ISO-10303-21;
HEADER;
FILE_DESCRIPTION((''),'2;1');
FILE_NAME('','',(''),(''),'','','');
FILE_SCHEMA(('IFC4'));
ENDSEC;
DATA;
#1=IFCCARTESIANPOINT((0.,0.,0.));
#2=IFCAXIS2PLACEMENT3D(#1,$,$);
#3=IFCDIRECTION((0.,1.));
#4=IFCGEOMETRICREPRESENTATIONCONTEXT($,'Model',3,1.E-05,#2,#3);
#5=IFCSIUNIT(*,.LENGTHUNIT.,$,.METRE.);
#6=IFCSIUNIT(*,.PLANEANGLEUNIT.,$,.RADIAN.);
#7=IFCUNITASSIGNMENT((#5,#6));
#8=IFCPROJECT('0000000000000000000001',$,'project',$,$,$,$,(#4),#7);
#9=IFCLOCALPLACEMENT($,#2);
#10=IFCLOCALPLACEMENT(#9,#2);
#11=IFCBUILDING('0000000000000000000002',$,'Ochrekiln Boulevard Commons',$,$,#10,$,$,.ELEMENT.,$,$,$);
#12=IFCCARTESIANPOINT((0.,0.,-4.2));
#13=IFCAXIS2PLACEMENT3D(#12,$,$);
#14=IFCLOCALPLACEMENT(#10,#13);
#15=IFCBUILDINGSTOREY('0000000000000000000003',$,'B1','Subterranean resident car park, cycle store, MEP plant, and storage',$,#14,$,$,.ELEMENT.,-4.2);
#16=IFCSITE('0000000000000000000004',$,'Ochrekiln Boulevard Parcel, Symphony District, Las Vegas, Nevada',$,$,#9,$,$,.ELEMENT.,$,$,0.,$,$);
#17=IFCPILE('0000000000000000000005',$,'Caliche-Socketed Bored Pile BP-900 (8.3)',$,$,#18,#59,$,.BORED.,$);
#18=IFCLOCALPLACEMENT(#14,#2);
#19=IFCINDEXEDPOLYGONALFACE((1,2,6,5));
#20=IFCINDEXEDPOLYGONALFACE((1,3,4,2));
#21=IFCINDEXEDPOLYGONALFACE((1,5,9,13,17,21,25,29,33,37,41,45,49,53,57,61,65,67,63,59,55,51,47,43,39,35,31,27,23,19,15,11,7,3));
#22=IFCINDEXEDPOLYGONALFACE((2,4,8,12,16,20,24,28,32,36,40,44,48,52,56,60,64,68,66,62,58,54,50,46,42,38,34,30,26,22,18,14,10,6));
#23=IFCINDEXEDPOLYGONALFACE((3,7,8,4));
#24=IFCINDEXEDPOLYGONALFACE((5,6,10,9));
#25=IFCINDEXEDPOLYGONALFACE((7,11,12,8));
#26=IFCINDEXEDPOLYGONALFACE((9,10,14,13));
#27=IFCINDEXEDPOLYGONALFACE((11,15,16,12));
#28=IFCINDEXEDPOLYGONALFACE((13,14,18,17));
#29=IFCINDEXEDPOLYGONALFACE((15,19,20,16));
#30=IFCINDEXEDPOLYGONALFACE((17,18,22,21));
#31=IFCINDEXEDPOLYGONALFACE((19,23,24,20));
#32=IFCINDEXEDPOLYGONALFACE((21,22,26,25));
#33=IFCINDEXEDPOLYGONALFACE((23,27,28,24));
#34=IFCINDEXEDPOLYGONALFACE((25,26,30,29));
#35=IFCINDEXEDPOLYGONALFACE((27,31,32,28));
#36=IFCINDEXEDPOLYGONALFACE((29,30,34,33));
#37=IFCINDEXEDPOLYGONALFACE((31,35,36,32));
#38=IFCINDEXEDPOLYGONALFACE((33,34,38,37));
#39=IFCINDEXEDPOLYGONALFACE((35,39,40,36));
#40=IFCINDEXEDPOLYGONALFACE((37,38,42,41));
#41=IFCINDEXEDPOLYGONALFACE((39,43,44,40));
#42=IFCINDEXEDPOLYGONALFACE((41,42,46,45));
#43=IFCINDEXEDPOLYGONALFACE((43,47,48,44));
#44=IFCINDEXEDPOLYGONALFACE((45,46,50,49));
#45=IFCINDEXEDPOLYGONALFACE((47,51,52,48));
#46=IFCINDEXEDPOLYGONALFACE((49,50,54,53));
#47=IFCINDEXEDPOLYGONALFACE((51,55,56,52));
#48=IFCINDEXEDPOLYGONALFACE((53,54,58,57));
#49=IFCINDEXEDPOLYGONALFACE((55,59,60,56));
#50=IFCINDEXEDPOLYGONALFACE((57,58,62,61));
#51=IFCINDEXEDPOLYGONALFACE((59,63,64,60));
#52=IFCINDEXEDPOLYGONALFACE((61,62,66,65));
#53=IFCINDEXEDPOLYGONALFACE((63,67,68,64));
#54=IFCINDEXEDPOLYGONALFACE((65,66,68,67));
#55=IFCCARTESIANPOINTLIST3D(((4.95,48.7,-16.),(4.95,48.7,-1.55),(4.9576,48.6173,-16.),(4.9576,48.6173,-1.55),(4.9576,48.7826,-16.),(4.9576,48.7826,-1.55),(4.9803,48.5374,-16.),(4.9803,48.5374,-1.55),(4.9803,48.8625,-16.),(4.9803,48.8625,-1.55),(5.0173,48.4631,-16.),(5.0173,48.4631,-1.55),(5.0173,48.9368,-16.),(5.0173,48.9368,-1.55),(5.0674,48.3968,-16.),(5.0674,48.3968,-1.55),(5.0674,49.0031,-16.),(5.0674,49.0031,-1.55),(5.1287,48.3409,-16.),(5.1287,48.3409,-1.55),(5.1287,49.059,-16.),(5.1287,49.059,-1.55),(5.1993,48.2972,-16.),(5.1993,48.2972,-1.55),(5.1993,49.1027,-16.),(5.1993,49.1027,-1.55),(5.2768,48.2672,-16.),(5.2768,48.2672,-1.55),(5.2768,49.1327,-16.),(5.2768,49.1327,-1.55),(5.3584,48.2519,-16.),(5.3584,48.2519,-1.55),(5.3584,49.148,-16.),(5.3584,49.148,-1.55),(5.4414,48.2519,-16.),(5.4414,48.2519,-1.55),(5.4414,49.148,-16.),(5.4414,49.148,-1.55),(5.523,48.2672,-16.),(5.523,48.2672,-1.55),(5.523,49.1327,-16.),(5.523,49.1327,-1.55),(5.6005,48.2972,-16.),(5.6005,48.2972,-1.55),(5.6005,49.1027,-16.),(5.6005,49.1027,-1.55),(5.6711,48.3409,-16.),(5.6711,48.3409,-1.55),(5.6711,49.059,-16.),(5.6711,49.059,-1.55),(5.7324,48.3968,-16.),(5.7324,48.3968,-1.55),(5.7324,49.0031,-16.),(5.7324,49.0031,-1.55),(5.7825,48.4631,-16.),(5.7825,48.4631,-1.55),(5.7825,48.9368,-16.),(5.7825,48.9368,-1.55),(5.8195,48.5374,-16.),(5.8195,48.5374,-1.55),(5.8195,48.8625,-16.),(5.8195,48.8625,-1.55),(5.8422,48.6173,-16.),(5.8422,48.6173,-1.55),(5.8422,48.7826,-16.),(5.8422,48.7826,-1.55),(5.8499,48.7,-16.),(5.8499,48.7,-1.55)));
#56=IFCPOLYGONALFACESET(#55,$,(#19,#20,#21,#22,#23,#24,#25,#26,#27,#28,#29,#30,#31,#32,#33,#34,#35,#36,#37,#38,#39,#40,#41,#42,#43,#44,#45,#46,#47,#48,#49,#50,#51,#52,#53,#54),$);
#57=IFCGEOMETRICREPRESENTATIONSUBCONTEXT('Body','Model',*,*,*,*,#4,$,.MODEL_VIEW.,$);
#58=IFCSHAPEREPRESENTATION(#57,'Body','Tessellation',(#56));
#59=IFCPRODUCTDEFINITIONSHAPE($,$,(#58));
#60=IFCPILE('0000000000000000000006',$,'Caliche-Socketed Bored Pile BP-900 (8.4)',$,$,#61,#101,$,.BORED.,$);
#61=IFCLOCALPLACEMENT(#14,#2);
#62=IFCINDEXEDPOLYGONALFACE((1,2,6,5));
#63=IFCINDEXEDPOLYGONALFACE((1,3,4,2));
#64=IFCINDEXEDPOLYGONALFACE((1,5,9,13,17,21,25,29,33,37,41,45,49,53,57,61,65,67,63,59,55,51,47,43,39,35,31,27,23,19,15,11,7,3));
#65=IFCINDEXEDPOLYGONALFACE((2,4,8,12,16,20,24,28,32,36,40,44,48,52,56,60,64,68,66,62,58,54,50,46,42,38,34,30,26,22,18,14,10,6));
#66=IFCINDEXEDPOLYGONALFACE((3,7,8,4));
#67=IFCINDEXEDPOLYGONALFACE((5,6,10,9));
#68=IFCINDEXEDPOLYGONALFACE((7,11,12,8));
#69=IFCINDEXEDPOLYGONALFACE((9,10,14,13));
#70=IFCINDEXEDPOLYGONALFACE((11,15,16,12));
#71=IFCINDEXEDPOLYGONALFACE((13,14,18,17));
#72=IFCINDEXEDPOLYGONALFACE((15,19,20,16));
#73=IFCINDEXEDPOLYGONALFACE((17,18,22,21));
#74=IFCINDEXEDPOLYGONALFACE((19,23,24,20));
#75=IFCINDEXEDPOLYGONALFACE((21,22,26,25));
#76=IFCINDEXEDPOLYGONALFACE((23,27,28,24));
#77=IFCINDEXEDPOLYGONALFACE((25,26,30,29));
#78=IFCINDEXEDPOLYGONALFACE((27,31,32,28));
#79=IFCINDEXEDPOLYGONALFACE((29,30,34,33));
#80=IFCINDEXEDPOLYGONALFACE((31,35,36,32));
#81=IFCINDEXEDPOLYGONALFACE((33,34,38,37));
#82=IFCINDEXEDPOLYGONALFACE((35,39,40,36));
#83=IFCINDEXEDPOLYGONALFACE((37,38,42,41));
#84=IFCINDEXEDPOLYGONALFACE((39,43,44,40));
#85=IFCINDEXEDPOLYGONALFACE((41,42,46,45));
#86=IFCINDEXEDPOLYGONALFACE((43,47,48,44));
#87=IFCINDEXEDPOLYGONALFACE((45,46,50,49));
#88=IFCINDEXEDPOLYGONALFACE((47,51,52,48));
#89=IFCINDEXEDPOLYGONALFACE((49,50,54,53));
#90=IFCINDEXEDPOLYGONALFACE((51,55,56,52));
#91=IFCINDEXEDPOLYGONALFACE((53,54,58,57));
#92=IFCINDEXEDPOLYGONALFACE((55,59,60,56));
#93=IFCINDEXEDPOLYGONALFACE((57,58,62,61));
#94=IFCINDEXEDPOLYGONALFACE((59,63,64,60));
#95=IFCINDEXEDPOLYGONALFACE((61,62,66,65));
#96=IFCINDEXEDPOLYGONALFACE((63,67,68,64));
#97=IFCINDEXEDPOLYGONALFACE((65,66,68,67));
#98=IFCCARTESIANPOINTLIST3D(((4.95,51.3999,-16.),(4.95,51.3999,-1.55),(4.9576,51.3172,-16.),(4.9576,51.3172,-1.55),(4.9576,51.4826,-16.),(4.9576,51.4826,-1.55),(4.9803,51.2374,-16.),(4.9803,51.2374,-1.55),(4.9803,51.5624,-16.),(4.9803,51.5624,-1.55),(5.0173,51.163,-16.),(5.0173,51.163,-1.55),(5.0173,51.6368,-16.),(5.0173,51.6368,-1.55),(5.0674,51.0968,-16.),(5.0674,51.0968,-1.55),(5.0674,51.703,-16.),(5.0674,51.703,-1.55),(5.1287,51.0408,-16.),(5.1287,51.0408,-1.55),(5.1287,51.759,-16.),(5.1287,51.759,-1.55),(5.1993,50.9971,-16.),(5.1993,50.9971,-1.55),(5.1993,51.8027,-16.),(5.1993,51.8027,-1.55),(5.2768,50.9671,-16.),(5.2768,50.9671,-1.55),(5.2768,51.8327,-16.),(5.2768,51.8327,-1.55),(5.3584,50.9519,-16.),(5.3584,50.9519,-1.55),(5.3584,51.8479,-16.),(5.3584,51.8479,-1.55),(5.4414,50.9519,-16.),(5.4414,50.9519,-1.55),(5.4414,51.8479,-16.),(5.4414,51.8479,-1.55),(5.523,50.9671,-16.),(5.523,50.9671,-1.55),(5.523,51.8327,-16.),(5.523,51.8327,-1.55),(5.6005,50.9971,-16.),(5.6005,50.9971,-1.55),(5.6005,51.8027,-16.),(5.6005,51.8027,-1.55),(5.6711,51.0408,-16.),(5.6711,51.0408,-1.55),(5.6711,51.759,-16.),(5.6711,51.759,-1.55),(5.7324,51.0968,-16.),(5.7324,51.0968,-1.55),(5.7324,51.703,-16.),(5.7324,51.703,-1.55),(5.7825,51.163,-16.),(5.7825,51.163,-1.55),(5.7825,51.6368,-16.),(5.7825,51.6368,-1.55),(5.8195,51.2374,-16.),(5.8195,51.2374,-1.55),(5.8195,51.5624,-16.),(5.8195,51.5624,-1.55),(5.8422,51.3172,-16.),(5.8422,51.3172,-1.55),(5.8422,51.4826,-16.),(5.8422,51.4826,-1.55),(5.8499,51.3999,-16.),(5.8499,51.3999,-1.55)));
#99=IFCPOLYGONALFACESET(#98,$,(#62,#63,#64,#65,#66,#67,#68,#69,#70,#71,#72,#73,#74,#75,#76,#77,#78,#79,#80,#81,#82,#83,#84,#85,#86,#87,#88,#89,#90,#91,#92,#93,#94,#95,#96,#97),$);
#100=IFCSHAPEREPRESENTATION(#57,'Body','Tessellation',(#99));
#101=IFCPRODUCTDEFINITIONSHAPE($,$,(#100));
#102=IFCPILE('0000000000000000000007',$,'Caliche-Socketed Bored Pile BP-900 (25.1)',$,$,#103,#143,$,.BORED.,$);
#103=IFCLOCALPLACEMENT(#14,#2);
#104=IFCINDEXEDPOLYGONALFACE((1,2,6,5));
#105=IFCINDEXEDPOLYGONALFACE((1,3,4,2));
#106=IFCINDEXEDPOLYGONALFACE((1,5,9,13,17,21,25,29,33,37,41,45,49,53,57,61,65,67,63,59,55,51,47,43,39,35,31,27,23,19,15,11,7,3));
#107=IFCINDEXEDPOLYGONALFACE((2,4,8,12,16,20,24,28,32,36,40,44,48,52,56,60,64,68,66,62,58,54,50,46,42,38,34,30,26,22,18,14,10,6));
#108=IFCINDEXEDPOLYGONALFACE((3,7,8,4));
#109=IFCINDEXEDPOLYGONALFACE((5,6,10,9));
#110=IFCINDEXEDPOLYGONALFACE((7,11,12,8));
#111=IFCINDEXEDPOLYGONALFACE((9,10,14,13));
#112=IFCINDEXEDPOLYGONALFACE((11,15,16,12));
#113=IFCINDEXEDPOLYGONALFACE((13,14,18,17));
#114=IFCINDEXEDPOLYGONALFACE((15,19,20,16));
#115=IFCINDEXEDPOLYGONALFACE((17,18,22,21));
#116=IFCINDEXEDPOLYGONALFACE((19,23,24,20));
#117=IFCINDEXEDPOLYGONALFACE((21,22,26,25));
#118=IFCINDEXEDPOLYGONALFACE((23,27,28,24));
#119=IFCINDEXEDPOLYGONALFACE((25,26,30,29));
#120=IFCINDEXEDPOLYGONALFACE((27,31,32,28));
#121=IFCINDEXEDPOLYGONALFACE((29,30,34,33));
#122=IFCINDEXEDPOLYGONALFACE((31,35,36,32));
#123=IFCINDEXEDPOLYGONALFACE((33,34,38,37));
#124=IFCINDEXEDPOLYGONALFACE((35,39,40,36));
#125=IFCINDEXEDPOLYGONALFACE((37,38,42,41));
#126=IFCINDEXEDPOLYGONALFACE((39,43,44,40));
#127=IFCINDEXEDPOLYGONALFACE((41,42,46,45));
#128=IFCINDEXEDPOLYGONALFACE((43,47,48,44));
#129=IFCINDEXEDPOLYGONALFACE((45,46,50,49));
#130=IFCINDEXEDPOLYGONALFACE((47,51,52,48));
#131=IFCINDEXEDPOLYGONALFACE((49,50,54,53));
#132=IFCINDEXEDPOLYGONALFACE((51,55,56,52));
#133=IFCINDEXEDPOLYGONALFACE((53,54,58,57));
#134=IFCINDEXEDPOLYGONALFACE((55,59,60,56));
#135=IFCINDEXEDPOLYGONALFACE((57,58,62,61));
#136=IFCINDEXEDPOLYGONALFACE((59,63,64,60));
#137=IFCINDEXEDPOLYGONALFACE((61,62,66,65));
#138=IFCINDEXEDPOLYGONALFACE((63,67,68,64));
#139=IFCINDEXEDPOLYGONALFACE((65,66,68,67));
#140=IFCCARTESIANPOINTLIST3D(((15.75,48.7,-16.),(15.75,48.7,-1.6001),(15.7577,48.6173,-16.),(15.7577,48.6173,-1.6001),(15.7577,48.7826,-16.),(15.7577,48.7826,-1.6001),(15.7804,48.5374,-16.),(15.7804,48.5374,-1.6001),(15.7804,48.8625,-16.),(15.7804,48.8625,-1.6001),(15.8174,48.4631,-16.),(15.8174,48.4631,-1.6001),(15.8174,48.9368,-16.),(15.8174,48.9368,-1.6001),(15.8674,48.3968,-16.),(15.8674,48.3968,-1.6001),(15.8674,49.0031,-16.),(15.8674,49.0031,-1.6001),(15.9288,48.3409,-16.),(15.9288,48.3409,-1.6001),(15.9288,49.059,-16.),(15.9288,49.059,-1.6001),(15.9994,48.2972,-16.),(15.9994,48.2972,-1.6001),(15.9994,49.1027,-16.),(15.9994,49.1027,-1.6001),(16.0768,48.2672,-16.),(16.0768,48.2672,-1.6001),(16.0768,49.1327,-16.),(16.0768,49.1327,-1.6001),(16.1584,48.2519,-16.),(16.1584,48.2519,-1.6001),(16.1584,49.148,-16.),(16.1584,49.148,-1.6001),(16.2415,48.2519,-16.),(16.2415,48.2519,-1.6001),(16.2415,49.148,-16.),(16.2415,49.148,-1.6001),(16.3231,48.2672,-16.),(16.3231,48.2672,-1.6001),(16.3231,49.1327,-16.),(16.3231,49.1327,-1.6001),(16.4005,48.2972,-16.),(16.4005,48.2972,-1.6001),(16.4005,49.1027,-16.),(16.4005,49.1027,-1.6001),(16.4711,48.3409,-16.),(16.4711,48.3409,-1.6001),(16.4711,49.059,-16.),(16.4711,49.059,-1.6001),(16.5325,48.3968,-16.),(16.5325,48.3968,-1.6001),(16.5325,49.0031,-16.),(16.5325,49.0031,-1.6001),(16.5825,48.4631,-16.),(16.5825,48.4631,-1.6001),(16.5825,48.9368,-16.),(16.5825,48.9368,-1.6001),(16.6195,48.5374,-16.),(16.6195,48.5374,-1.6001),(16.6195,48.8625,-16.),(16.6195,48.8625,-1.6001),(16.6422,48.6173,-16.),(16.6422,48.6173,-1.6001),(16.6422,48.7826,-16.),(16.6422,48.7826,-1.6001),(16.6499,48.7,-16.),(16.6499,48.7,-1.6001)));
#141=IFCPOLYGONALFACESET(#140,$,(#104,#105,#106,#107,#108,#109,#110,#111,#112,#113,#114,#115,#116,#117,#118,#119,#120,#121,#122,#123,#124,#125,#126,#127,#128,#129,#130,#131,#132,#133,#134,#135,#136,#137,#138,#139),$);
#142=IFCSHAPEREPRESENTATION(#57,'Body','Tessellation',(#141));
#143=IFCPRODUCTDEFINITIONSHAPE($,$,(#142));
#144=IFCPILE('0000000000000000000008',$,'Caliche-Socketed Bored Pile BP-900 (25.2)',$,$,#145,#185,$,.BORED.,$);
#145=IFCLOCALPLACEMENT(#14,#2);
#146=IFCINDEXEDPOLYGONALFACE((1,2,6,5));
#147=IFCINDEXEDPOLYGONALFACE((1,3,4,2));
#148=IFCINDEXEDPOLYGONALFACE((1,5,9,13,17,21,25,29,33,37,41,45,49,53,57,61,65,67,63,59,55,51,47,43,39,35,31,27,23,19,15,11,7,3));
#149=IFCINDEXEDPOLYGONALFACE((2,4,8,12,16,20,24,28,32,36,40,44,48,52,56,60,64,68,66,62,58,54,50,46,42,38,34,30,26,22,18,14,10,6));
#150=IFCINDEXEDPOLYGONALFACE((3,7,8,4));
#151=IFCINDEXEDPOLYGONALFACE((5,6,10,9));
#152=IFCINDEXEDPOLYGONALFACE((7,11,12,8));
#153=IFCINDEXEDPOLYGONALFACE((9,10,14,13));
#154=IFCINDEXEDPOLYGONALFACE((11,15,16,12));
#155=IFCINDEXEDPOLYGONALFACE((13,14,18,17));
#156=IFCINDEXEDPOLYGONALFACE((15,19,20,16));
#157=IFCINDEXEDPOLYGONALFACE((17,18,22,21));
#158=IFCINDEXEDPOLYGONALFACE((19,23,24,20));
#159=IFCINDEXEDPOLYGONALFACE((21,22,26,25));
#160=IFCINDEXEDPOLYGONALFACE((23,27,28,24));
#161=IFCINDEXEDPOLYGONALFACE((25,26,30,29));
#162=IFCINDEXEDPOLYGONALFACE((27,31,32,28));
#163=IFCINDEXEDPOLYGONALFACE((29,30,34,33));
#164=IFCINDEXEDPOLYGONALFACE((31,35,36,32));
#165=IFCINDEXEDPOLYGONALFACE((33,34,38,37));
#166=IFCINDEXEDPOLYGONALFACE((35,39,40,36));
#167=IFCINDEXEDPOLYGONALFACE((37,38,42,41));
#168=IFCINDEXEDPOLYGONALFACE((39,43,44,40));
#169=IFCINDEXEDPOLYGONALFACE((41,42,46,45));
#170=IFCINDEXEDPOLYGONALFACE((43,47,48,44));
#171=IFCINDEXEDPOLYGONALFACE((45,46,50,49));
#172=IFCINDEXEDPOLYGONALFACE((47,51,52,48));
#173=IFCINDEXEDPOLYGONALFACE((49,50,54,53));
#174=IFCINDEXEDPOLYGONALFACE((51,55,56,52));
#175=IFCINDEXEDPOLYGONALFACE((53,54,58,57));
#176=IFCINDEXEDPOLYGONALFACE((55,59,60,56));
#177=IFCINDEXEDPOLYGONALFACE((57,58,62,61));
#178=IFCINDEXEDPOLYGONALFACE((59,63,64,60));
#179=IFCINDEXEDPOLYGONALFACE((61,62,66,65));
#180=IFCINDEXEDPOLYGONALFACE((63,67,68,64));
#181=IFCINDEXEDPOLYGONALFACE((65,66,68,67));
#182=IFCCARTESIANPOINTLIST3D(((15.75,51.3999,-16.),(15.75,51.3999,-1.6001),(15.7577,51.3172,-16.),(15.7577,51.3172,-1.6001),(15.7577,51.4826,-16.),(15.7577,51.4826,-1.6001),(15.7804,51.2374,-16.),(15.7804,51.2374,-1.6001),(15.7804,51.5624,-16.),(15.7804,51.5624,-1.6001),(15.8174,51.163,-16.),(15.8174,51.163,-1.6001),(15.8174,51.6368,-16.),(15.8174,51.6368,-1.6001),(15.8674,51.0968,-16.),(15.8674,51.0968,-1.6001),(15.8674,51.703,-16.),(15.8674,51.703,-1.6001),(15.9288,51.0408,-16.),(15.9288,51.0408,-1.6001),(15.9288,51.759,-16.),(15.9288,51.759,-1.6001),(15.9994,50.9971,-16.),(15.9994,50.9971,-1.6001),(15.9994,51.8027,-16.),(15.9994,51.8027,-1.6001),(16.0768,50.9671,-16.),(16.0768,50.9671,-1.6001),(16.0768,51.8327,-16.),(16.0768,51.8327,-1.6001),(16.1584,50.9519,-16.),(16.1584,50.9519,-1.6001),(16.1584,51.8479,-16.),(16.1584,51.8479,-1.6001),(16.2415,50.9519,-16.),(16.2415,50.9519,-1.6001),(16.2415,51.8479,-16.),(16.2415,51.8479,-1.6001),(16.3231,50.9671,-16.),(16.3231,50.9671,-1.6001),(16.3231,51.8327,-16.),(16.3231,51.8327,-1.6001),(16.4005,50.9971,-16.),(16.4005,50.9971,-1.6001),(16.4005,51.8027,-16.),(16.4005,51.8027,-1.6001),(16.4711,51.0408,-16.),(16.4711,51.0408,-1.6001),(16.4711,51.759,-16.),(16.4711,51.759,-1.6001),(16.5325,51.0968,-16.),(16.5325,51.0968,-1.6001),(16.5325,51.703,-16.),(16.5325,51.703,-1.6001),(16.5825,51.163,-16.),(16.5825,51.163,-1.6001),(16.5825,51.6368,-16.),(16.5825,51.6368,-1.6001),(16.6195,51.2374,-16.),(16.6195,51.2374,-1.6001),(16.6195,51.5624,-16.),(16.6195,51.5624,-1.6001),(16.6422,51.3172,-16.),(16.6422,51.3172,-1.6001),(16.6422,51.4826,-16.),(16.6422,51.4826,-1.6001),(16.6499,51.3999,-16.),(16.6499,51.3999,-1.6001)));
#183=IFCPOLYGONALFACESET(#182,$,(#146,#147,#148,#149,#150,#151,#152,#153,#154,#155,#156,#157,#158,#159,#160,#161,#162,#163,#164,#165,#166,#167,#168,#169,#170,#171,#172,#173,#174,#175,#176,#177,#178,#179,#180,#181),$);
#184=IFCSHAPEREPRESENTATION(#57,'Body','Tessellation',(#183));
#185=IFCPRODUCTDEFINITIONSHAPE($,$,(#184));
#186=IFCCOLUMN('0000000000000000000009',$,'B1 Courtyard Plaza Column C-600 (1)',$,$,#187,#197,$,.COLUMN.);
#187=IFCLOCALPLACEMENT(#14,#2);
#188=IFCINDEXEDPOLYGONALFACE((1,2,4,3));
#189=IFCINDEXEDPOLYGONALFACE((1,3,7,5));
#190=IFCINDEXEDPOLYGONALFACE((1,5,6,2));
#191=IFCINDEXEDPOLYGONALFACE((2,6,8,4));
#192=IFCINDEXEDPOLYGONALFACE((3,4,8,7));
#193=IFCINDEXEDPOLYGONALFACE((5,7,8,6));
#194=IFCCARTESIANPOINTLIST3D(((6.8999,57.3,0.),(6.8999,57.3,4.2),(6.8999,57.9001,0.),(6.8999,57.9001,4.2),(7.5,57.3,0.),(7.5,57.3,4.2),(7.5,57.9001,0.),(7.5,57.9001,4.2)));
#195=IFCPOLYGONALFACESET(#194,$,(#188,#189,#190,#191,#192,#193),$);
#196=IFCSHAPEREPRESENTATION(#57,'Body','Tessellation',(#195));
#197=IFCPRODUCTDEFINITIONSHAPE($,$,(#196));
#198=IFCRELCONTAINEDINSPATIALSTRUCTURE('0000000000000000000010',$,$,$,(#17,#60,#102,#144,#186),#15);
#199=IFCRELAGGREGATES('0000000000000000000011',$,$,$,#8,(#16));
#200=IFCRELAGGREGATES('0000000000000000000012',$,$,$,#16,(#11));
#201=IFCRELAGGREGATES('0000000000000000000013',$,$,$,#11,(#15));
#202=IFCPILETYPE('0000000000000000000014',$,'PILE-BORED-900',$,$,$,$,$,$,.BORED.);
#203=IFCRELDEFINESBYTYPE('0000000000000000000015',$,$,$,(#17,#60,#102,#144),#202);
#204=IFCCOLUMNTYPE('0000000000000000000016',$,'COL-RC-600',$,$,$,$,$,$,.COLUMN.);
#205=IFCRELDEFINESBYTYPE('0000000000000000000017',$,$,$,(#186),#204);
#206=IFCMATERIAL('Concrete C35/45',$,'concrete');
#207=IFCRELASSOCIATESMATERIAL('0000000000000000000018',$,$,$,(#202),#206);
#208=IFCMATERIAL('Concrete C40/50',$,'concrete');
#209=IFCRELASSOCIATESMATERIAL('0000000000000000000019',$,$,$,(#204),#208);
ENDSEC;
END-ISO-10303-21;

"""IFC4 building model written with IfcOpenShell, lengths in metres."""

from ifc_helpers import new_model, si_unit, direction, frame, origin, origin_2d, place, context, subcontext, project, spatial, rectangle, circle, extrude, material, material_profile, profile_set, type_object, element, save


model = new_model("IFC4")

# Units and contexts
model_context = context("Model", 3, precision=1e-05, world=origin(), true_north=direction((0.0, 1.0)))
body_context = subcontext(model_context, "Body", "Model", "MODEL_VIEW")
ifc_project = project(units=[si_unit("LENGTHUNIT", "METRE"), si_unit("PLANEANGLEUNIT", "RADIAN")], contexts=[model_context])

# Site, building, storey
site_placement = place(None, origin())
site = spatial("IfcSite", under=ifc_project, at=site_placement, Name="Ochrekiln Boulevard Parcel, Symphony District, Las Vegas, Nevada", CompositionType="ELEMENT", RefElevation=0.0)
building_placement = place(site_placement, origin())
building = spatial("IfcBuilding", under=site, at=building_placement, Name="Ochrekiln Boulevard Commons", CompositionType="ELEMENT")
storey_placement = place(building_placement, frame((0.0, 0.0, -4.2)))
storey = spatial("IfcBuildingStorey", under=building, at=storey_placement, Name="B1", Description="Subterranean resident car park, cycle store, MEP plant, and storage", CompositionType="ELEMENT", Elevation=-4.2)

# Shared definitions
ifc_material_1 = material(Name="Concrete C35/45", Category="concrete")

# Piles
ifc_material_profile_1 = material_profile(ifc_material_1, circle(Radius=0.45, at=origin_2d()), Name="PILE-D900")
ifc_profile_set_1 = profile_set([ifc_material_profile_1], Name="Concrete C35/45")
pile_type_1 = type_object("IfcPileType", Name="PILE-BORED-900", PredefinedType="BORED", material=ifc_profile_set_1)
for number, where, z_axis, x_axis, name in (
    (1, (5.3999, 48.7, -1.55), (0.0, 0.0, -1.0), (1.0, 0.0, 0.0), "Caliche-Socketed Bored Pile BP-900 (8.3)"),
    (2, (5.3999, 51.3999, -1.55), (0.0, 0.0, -1.0), (1.0, 0.0, 0.0), "Caliche-Socketed Bored Pile BP-900 (8.4)"),
):
    element("IfcPile", number, at=place(storey_placement, frame(where, z_axis=z_axis, x_axis=x_axis)), inside=storey, type_object=pile_type_1, Name=name, PredefinedType="BORED", context=body_context, shape_type="SweptSolid", body=[
        extrude(circle(Radius=0.45, at=origin_2d()), origin(), (0.0, 0.0, 1.0), 14.45),
    ])
for number, where, z_axis, x_axis, name in (
    (3, (16.2, 48.7, -1.6001), (0.0, 0.0, -1.0), (1.0, 0.0, 0.0), "Caliche-Socketed Bored Pile BP-900 (25.1)"),
    (4, (16.2, 51.3999, -1.6001), (0.0, 0.0, -1.0), (1.0, 0.0, 0.0), "Caliche-Socketed Bored Pile BP-900 (25.2)"),
):
    element("IfcPile", number, at=place(storey_placement, frame(where, z_axis=z_axis, x_axis=x_axis)), inside=storey, type_object=pile_type_1, Name=name, PredefinedType="BORED", context=body_context, shape_type="SweptSolid", body=[
        extrude(circle(Radius=0.45, at=origin_2d()), origin(), (0.0, 0.0, 1.0), 14.3999),
    ])

# Column
ifc_material_2 = material(Name="Concrete C40/50", Category="concrete")
ifc_material_profile_2 = material_profile(ifc_material_2, rectangle(XDim=0.6001, YDim=0.6001, at=origin_2d()), Name="RC-COL-600x600")
ifc_profile_set_2 = profile_set([ifc_material_profile_2], Name="Concrete C40/50")
column_type_1 = type_object("IfcColumnType", Name="COL-RC-600", PredefinedType="COLUMN", material=ifc_profile_set_2)
column_1_placement = place(storey_placement, frame((7.2, 57.6001, 0.0), z_axis=(0.0, 0.0, 1.0), x_axis=(1.0, 0.0, 0.0)))
element("IfcColumn", 5, at=column_1_placement, inside=storey, type_object=column_type_1, Name="B1 Courtyard Plaza Column C-600 (1)", PredefinedType="COLUMN", context=body_context, shape_type="SweptSolid", body=[
    extrude(rectangle(XDim=0.6001, YDim=0.6001, at=origin_2d()), origin(), (0.0, 0.0, 1.0), 4.2),
])

save(model, "model.ifc")
